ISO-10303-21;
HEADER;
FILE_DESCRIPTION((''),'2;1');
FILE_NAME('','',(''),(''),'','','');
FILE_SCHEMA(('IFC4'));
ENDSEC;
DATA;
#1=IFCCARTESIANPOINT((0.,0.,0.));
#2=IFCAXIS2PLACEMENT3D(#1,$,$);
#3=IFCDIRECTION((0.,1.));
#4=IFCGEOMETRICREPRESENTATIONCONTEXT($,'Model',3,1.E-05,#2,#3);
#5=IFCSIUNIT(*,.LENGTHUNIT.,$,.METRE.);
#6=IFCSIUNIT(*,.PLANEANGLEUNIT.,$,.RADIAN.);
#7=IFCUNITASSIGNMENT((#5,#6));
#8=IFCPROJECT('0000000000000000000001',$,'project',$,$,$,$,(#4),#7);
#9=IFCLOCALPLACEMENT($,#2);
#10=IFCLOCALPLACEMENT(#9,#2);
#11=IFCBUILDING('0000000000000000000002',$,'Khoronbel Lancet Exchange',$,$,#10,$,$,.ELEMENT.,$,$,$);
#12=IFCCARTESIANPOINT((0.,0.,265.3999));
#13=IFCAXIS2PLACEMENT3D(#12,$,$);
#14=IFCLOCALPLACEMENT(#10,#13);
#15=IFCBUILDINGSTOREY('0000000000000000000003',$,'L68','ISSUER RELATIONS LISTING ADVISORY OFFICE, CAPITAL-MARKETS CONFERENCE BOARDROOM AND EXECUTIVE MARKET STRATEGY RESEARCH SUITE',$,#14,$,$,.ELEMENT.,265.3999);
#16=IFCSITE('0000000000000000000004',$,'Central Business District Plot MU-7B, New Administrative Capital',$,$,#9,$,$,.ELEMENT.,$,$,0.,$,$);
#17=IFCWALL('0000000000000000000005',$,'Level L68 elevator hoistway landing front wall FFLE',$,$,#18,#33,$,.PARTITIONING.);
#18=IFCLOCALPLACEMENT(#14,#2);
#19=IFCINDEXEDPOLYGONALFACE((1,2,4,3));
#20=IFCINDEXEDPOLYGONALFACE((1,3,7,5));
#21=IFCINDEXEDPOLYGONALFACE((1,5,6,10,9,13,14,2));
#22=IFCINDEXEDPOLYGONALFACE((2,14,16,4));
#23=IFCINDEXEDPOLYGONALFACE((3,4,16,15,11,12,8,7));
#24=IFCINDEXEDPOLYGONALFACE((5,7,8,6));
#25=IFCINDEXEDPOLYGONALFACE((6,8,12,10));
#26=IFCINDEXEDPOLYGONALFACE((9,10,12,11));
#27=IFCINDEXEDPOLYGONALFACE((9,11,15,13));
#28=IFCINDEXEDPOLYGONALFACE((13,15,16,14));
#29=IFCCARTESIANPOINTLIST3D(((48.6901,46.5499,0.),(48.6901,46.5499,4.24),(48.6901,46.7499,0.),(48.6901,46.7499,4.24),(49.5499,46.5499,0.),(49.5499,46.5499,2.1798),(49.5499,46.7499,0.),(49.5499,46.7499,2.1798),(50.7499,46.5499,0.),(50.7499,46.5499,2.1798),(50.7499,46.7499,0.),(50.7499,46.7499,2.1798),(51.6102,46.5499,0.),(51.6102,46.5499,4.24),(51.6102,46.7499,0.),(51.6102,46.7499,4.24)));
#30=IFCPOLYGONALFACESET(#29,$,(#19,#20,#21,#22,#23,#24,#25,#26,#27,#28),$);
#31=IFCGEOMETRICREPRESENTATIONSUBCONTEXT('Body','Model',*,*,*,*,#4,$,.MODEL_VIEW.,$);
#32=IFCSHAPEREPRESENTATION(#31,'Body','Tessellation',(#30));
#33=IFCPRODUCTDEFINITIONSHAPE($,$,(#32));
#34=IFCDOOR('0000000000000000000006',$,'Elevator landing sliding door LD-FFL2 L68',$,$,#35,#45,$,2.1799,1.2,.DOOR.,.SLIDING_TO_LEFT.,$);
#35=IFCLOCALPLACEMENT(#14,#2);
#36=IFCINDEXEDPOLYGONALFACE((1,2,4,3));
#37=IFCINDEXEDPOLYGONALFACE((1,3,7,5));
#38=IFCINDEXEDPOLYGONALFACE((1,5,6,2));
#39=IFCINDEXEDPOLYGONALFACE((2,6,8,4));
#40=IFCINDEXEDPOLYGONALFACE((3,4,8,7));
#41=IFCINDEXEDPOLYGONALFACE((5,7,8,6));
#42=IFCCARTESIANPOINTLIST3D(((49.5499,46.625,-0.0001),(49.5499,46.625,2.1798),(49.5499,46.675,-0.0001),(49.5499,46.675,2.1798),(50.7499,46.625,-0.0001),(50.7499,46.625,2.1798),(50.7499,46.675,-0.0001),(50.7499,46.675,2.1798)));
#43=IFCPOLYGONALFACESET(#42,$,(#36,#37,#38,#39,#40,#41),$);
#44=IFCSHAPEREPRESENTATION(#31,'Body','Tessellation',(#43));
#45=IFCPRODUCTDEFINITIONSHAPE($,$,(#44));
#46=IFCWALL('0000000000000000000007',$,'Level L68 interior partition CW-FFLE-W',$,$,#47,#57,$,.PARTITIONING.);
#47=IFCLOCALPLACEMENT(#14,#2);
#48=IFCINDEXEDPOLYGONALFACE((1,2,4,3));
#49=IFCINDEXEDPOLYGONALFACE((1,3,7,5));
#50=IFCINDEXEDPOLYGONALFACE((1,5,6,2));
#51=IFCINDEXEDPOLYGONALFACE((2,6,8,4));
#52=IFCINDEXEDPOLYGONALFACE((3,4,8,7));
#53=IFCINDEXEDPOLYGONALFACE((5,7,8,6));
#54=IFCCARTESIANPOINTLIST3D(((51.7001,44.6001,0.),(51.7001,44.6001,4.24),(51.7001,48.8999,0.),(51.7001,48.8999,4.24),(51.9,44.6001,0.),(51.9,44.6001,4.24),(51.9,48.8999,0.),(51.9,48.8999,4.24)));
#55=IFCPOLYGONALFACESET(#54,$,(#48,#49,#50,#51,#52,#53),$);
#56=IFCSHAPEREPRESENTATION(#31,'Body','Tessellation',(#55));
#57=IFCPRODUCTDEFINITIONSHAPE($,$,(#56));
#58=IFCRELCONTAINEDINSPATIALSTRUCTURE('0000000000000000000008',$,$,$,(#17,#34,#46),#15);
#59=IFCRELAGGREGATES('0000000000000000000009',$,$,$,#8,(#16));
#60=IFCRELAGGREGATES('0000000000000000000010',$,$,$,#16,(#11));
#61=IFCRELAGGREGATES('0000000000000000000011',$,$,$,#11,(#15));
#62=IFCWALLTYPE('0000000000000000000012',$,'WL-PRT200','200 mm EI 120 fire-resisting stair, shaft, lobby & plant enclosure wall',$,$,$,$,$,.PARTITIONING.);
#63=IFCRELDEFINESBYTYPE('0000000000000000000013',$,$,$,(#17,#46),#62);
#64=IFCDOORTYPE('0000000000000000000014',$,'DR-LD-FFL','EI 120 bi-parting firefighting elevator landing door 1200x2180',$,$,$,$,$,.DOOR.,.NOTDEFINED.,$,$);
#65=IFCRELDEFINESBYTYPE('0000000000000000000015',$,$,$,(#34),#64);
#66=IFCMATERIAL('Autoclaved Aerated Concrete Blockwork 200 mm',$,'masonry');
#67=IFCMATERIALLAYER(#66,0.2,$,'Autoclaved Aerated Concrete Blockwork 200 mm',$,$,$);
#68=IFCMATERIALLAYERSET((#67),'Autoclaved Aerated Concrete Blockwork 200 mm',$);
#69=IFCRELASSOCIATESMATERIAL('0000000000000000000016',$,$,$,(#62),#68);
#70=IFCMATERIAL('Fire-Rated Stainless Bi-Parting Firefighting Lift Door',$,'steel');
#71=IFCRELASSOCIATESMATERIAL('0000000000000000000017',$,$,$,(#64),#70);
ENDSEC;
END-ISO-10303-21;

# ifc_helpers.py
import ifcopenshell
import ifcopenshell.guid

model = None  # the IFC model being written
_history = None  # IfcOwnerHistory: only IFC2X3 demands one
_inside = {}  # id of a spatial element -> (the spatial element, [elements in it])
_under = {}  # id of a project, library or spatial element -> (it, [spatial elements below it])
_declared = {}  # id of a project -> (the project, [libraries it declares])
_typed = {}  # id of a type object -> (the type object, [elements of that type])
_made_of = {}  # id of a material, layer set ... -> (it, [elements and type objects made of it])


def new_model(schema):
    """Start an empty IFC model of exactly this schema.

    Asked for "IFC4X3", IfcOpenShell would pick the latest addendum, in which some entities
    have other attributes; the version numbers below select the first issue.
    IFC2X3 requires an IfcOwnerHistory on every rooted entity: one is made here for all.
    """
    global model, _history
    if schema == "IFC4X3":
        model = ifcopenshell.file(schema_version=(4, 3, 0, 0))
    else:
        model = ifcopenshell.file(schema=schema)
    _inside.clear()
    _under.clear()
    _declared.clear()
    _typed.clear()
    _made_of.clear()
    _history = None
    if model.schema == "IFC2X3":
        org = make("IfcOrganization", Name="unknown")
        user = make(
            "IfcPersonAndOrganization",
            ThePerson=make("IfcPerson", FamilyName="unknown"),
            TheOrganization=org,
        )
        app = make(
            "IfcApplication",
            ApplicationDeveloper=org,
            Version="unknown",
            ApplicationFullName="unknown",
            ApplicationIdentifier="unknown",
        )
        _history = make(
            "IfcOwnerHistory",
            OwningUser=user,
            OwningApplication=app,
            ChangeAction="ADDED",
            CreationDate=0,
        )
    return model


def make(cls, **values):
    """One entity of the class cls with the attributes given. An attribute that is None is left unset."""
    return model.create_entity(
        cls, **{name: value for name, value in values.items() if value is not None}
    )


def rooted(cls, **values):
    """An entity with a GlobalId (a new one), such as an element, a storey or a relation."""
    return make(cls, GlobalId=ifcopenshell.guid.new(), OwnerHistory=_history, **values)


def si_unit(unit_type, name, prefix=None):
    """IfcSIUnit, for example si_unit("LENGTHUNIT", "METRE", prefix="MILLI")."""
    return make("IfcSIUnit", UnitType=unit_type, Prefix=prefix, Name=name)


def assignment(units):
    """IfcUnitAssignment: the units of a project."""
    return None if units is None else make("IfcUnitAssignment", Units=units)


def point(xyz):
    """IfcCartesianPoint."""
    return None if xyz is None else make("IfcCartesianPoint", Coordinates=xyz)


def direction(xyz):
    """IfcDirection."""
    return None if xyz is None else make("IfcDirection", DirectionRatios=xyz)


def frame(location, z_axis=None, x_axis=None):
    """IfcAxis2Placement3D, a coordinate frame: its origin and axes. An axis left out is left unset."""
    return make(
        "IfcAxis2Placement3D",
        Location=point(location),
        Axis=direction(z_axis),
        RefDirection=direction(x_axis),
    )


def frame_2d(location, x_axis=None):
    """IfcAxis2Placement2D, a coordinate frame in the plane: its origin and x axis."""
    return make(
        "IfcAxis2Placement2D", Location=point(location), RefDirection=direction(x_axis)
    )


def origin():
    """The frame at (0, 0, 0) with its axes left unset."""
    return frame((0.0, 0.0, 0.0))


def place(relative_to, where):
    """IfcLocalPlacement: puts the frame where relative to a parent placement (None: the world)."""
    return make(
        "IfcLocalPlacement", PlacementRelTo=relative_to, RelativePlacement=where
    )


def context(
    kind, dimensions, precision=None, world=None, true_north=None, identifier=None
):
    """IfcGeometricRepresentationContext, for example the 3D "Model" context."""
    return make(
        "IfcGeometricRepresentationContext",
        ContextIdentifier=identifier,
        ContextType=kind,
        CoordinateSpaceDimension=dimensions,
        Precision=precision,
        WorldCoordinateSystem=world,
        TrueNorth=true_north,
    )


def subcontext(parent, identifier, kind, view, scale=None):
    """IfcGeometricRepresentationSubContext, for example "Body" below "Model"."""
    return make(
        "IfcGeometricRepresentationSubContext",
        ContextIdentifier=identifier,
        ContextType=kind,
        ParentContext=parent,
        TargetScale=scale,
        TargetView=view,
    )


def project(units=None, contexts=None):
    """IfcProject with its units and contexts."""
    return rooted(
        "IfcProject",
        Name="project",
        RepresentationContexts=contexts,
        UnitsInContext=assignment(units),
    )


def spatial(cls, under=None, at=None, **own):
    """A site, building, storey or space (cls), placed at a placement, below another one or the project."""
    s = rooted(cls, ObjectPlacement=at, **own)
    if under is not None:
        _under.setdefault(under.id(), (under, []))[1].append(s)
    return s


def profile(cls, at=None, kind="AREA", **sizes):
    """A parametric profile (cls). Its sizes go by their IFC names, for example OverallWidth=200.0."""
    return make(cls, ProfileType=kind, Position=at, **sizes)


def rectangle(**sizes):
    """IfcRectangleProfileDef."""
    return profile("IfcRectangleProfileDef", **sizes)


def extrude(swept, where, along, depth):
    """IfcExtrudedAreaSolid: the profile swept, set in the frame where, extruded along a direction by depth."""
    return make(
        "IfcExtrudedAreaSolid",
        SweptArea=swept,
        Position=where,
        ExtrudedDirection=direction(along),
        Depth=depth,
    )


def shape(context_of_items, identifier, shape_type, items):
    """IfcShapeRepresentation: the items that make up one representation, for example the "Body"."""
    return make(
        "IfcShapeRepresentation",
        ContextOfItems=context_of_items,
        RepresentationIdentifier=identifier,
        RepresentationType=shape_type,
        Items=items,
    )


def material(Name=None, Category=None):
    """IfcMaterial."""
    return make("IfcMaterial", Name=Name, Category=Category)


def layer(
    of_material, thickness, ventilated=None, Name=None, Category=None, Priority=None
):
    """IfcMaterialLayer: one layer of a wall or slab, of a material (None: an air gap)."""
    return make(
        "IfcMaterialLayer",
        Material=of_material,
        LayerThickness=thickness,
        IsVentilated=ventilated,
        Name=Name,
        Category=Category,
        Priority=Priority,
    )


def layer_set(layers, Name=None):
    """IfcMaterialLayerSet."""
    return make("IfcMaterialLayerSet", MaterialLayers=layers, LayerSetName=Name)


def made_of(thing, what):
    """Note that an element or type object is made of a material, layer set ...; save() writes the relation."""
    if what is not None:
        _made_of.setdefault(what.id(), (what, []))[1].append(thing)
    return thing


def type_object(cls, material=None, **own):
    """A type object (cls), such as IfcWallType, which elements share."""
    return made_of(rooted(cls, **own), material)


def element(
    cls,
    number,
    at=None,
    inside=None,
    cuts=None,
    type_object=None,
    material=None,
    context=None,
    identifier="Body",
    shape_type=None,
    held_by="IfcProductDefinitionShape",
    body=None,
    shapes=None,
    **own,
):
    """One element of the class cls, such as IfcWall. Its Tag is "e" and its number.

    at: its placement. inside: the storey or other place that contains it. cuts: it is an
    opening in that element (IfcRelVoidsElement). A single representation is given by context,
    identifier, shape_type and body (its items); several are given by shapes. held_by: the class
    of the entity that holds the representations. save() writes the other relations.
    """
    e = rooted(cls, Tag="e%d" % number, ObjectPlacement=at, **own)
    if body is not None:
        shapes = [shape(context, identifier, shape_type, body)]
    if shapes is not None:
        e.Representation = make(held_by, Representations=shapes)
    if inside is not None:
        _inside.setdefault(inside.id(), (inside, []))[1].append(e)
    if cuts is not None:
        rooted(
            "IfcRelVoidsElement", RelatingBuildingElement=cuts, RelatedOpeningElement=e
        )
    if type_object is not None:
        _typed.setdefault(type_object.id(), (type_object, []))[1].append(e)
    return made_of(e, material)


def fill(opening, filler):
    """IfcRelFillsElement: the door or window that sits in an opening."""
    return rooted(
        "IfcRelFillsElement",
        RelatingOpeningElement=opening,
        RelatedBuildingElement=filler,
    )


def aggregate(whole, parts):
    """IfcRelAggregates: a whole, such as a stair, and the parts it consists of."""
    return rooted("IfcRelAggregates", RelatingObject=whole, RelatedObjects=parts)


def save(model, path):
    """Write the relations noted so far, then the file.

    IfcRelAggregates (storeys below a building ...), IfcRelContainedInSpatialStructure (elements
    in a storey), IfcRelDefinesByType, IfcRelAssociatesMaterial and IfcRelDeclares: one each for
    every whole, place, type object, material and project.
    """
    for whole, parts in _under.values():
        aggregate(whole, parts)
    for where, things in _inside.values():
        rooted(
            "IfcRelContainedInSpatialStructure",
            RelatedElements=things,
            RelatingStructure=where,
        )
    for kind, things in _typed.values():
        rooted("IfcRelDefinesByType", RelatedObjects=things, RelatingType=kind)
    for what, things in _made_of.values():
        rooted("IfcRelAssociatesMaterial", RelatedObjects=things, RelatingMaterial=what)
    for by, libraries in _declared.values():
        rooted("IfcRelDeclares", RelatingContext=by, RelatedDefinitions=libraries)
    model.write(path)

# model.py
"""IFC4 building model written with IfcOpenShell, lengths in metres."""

from ifc_helpers import new_model, si_unit, direction, frame, frame_2d, origin, place, context, subcontext, project, spatial, rectangle, extrude, material, layer, layer_set, type_object, element, fill, save


model = new_model("IFC4")

# Units and contexts
model_context = context("Model", 3, precision=1e-05, world=origin(), true_north=direction((0.0, 1.0)))
body_context = subcontext(model_context, "Body", "Model", "MODEL_VIEW")
ifc_project = project(units=[si_unit("LENGTHUNIT", "METRE"), si_unit("PLANEANGLEUNIT", "RADIAN")], contexts=[model_context])

# Site, building, storey
site_placement = place(None, origin())
site = spatial("IfcSite", under=ifc_project, at=site_placement, Name="Central Business District Plot MU-7B, New Administrative Capital", CompositionType="ELEMENT", RefElevation=0.0)
building_placement = place(site_placement, origin())
building = spatial("IfcBuilding", under=site, at=building_placement, Name="Khoronbel Lancet Exchange", CompositionType="ELEMENT")
storey_placement = place(building_placement, frame((0.0, 0.0, 265.3999)))
storey = spatial("IfcBuildingStorey", under=building, at=storey_placement, Name="L68", Description="ISSUER RELATIONS LISTING ADVISORY OFFICE, CAPITAL-MARKETS CONFERENCE BOARDROOM AND EXECUTIVE MARKET STRATEGY RESEARCH SUITE", CompositionType="ELEMENT", Elevation=265.3999)

# Wall, opening, door
ifc_material_1 = material(Name="Autoclaved Aerated Concrete Blockwork 200 mm", Category="masonry")
ifc_layer_1 = layer(ifc_material_1, 0.2, Name="Autoclaved Aerated Concrete Blockwork 200 mm")
ifc_layer_set_1 = layer_set([ifc_layer_1], Name="Autoclaved Aerated Concrete Blockwork 200 mm")
wall_type_1 = type_object("IfcWallType", Name="WL-PRT200", Description="200 mm EI 120 fire-resisting stair, shaft, lobby & plant enclosure wall", PredefinedType="PARTITIONING", material=ifc_layer_set_1)
wall_1_placement = place(storey_placement, frame((51.6101, 46.6499, 0.0), z_axis=(0.0, 0.0, 1.0), x_axis=(-1.0, 0.0, 0.0)))
wall_1 = element("IfcWall", 1, at=wall_1_placement, inside=storey, type_object=wall_type_1, Name="Level L68 elevator hoistway landing front wall FFLE", PredefinedType="PARTITIONING", context=body_context, shape_type="SweptSolid", body=[
    extrude(rectangle(XDim=2.9202, YDim=0.2, at=frame_2d((1.46, 0.0))), origin(), (0.0, 0.0, 1.0), 4.24),
])
opening_1_placement = place(wall_1_placement, frame((0.8601, 0.0, 0.0)))
opening_1 = element("IfcOpeningElement", 2, at=opening_1_placement, cuts=wall_1, PredefinedType="OPENING", context=body_context, shape_type="SweptSolid", body=[
    extrude(rectangle(XDim=1.2, YDim=2.1799, at=frame_2d((0.6001, 1.0898))), frame((0.0, 0.1099, 0.0), z_axis=(0.0, -1.0, 0.0), x_axis=(1.0, 0.0, 0.0)), (0.0, 0.0, 1.0), 0.22),
])
ifc_material_2 = material(Name="Fire-Rated Stainless Bi-Parting Firefighting Lift Door", Category="steel")
door_type_1 = type_object("IfcDoorType", Name="DR-LD-FFL", Description="EI 120 bi-parting firefighting elevator landing door 1200x2180", OperationType="NOTDEFINED", PredefinedType="DOOR", material=ifc_material_2)
door_1_placement = place(opening_1_placement, origin())
door_1 = element("IfcDoor", 3, at=door_1_placement, inside=storey, type_object=door_type_1, Name="Elevator landing sliding door LD-FFL2 L68", OperationType="SLIDING_TO_LEFT", OverallHeight=2.1799, OverallWidth=1.2, PredefinedType="DOOR", context=body_context, shape_type="SweptSolid", body=[
    extrude(rectangle(XDim=1.2, YDim=2.1799, at=frame_2d((0.6001, 1.0898))), frame((0.0, 0.0249, 0.0), z_axis=(0.0, -1.0, 0.0), x_axis=(1.0, 0.0, 0.0)), (0.0, 0.0, 1.0), 0.05),
])
fill(opening_1, door_1)

# Wall
wall_2_placement = place(storey_placement, frame((51.8, 44.6001, 0.0), z_axis=(0.0, 0.0, 1.0), x_axis=(0.0, 1.0, 0.0)))
element("IfcWall", 4, at=wall_2_placement, inside=storey, type_object=wall_type_1, Name="Level L68 interior partition CW-FFLE-W", PredefinedType="PARTITIONING", context=body_context, shape_type="SweptSolid", body=[
    extrude(rectangle(XDim=4.2998, YDim=0.2, at=frame_2d((2.1499, 0.0))), origin(), (0.0, 0.0, 1.0), 4.24),
])

save(model, "model.ifc")
